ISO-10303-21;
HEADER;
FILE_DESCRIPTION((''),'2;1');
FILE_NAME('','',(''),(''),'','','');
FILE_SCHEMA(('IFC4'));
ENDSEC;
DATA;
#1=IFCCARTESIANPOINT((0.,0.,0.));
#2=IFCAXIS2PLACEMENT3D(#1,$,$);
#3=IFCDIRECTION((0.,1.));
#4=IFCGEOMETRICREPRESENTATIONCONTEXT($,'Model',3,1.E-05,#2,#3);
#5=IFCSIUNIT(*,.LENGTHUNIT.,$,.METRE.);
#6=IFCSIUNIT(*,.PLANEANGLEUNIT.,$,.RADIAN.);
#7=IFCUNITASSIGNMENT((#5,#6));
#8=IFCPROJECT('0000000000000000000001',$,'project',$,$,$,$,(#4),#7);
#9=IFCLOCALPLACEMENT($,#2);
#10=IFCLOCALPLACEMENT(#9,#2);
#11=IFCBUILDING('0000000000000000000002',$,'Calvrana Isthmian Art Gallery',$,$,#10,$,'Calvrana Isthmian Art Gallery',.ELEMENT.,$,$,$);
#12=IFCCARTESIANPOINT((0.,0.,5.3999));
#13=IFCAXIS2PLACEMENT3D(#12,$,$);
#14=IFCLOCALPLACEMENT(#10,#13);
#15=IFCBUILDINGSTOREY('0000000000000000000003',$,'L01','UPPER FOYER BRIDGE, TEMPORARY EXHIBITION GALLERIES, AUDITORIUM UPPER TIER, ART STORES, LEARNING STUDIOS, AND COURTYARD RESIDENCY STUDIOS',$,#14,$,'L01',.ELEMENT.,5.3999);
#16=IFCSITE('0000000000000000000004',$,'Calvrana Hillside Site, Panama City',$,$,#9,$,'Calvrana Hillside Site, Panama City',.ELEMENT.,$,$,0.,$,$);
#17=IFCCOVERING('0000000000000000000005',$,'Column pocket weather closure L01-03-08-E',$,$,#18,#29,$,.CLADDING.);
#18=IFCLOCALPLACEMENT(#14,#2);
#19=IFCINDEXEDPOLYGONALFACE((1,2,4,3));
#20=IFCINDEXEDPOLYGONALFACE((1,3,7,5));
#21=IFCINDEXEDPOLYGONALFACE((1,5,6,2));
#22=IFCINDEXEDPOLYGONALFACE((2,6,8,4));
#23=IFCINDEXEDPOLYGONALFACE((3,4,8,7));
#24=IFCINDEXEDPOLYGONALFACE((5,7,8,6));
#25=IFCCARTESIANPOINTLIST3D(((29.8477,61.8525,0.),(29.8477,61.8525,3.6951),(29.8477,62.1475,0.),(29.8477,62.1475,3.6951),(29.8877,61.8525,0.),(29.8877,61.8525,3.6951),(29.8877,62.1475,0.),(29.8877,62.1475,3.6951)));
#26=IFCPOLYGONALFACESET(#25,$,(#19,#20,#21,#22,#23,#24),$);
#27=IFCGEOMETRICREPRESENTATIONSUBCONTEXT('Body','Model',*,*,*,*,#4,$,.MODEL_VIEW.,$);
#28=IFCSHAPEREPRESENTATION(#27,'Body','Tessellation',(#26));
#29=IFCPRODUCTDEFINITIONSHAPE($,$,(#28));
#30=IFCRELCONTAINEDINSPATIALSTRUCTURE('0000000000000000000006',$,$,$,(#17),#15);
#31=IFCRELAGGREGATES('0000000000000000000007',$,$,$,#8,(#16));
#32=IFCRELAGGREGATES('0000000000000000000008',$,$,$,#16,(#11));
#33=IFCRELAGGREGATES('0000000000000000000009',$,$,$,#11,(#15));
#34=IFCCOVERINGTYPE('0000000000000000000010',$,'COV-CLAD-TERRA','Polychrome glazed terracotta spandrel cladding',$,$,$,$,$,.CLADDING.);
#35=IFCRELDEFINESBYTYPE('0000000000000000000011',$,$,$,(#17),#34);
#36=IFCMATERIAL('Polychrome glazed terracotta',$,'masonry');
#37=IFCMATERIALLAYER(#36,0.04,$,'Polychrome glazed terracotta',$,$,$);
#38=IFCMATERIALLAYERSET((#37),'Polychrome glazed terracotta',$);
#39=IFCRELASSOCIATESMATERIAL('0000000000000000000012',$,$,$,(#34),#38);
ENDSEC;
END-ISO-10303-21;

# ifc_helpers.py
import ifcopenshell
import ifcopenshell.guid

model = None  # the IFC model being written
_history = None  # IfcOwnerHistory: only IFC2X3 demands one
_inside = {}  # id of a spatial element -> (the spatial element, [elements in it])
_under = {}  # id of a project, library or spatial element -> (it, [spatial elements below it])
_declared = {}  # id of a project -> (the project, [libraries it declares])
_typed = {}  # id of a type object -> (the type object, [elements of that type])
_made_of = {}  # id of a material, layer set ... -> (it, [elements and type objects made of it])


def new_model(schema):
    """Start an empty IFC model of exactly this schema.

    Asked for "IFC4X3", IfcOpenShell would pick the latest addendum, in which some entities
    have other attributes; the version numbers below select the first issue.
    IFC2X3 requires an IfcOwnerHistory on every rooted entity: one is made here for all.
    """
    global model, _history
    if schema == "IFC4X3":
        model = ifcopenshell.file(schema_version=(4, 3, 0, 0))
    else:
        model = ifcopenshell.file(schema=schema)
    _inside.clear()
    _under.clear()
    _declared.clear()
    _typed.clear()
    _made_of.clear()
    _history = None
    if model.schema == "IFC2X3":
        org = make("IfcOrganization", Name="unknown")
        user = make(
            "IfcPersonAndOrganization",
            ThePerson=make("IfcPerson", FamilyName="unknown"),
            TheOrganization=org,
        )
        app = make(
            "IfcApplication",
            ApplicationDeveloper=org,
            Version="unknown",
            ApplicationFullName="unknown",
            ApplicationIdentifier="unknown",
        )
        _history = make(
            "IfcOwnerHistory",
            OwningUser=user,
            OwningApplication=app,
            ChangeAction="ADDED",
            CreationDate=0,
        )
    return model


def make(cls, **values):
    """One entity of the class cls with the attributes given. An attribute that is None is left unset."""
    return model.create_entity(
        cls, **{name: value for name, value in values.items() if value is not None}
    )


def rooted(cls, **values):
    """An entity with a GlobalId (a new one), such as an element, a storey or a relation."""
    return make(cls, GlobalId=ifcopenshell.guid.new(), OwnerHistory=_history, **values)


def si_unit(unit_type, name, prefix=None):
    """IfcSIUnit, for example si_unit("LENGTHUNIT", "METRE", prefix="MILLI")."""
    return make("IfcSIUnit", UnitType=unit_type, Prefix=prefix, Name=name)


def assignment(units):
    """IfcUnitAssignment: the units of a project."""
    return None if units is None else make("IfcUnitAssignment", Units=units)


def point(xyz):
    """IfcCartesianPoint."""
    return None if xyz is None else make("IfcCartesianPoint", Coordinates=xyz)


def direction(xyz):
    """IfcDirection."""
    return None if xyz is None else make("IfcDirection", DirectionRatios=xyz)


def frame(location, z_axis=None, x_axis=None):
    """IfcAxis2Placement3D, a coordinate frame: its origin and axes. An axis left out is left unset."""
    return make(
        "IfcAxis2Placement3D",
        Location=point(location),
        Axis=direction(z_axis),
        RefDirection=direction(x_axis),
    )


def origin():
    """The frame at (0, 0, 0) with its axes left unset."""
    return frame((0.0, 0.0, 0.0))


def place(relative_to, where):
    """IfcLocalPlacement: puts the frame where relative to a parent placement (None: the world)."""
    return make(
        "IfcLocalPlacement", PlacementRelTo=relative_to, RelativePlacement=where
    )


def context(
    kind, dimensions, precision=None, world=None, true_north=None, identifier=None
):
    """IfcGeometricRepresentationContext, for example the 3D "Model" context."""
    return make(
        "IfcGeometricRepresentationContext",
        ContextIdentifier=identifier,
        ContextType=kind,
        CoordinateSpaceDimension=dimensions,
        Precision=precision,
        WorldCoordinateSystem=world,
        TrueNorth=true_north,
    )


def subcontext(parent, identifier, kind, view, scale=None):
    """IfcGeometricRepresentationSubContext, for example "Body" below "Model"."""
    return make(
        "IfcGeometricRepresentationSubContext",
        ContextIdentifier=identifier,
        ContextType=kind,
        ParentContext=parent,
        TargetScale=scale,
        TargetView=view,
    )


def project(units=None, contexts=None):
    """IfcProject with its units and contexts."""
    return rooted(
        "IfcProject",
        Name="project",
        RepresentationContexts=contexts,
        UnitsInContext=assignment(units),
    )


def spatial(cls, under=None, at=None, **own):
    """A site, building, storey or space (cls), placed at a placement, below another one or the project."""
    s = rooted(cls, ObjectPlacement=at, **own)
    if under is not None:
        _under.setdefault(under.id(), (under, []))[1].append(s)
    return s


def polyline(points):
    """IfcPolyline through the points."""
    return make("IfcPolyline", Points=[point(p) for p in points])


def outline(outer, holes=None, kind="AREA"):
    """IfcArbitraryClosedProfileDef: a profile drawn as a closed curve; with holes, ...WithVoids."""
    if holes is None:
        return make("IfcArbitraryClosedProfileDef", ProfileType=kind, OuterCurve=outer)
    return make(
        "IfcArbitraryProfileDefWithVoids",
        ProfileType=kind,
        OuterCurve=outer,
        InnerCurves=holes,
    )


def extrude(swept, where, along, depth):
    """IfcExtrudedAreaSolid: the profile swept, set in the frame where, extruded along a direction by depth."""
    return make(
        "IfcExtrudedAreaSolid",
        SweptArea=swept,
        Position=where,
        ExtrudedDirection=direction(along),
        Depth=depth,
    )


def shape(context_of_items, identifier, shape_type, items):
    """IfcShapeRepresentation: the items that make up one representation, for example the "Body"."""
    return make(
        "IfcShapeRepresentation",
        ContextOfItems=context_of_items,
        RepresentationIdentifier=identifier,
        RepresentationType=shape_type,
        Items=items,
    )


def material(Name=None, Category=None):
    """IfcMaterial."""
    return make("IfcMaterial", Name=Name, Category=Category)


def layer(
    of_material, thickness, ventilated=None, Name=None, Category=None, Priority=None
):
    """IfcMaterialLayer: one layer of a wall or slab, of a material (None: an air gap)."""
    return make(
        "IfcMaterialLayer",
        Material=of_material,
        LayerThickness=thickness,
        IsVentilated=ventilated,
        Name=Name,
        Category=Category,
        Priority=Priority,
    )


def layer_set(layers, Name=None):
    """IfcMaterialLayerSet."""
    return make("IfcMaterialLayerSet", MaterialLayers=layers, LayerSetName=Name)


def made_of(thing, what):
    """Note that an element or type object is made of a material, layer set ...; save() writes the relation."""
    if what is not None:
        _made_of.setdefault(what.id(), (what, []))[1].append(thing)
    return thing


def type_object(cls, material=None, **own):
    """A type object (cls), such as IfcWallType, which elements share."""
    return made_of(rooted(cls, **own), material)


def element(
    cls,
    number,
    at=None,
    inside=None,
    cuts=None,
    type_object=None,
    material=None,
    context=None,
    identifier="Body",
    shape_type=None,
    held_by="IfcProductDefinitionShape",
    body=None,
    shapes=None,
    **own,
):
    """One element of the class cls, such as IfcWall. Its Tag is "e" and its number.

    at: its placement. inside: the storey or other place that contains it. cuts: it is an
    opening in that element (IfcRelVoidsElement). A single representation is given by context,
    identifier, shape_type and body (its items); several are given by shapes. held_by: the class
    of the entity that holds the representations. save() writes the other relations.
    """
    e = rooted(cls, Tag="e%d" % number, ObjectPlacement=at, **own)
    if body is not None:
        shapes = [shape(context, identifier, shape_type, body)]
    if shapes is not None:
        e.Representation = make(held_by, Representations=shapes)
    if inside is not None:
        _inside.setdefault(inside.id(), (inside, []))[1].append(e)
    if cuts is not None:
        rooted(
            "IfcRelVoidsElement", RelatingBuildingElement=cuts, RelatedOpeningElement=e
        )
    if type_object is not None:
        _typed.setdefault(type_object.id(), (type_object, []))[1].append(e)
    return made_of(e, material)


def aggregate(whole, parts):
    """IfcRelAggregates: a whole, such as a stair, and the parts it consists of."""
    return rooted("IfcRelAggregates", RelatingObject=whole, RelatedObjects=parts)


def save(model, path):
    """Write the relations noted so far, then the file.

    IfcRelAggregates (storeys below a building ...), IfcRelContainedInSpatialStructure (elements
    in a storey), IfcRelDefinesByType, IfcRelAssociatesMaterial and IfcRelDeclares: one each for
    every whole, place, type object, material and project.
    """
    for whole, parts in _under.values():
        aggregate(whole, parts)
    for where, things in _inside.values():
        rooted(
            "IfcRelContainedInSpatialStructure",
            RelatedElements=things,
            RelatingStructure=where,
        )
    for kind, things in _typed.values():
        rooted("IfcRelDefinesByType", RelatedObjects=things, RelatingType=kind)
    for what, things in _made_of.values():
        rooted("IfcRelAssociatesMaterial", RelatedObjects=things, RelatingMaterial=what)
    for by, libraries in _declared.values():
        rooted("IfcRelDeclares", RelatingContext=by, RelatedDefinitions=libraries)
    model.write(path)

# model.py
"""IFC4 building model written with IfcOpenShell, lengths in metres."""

from ifc_helpers import new_model, si_unit, direction, frame, origin, place, context, subcontext, project, spatial, polyline, outline, extrude, material, layer, layer_set, type_object, element, save


model = new_model("IFC4")

# Units and contexts
model_context = context("Model", 3, precision=1e-05, world=origin(), true_north=direction((0.0, 1.0)))
body_context = subcontext(model_context, "Body", "Model", "MODEL_VIEW")
ifc_project = project(units=[si_unit("LENGTHUNIT", "METRE"), si_unit("PLANEANGLEUNIT", "RADIAN")], contexts=[model_context])

# Site, building, storey
site_placement = place(None, origin())
site = spatial("IfcSite", under=ifc_project, at=site_placement, Name="Calvrana Hillside Site, Panama City", LongName="Calvrana Hillside Site, Panama City", CompositionType="ELEMENT", RefElevation=0.0)
building_placement = place(site_placement, origin())
building = spatial("IfcBuilding", under=site, at=building_placement, Name="Calvrana Isthmian Art Gallery", LongName="Calvrana Isthmian Art Gallery", CompositionType="ELEMENT")
storey_placement = place(building_placement, frame((0.0, 0.0, 5.3999)))
storey = spatial("IfcBuildingStorey", under=building, at=storey_placement, Name="L01", Description="UPPER FOYER BRIDGE, TEMPORARY EXHIBITION GALLERIES, AUDITORIUM UPPER TIER, ART STORES, LEARNING STUDIOS, AND COURTYARD RESIDENCY STUDIOS", LongName="L01", CompositionType="ELEMENT", Elevation=5.3999)

# Covering
ifc_material = material(Name="Polychrome glazed terracotta", Category="masonry")
ifc_layer = layer(ifc_material, 0.04, Name="Polychrome glazed terracotta")
ifc_layer_set = layer_set([ifc_layer], Name="Polychrome glazed terracotta")
covering_type = type_object("IfcCoveringType", Name="COV-CLAD-TERRA", Description="Polychrome glazed terracotta spandrel cladding", PredefinedType="CLADDING", material=ifc_layer_set)
covering_1_placement = place(storey_placement, origin())
element("IfcCovering", 1, at=covering_1_placement, inside=storey, type_object=covering_type, Name="Column pocket weather closure L01-03-08-E", PredefinedType="CLADDING", context=body_context, shape_type="SweptSolid", body=[
    extrude(outline(polyline([(29.8477, 61.8525), (29.8877, 61.8525), (29.8877, 62.1475), (29.8477, 62.1475), (29.8477, 61.8525)])), origin(), (0.0, 0.0, 1.0), 3.6951),
])

save(model, "model.ifc")
